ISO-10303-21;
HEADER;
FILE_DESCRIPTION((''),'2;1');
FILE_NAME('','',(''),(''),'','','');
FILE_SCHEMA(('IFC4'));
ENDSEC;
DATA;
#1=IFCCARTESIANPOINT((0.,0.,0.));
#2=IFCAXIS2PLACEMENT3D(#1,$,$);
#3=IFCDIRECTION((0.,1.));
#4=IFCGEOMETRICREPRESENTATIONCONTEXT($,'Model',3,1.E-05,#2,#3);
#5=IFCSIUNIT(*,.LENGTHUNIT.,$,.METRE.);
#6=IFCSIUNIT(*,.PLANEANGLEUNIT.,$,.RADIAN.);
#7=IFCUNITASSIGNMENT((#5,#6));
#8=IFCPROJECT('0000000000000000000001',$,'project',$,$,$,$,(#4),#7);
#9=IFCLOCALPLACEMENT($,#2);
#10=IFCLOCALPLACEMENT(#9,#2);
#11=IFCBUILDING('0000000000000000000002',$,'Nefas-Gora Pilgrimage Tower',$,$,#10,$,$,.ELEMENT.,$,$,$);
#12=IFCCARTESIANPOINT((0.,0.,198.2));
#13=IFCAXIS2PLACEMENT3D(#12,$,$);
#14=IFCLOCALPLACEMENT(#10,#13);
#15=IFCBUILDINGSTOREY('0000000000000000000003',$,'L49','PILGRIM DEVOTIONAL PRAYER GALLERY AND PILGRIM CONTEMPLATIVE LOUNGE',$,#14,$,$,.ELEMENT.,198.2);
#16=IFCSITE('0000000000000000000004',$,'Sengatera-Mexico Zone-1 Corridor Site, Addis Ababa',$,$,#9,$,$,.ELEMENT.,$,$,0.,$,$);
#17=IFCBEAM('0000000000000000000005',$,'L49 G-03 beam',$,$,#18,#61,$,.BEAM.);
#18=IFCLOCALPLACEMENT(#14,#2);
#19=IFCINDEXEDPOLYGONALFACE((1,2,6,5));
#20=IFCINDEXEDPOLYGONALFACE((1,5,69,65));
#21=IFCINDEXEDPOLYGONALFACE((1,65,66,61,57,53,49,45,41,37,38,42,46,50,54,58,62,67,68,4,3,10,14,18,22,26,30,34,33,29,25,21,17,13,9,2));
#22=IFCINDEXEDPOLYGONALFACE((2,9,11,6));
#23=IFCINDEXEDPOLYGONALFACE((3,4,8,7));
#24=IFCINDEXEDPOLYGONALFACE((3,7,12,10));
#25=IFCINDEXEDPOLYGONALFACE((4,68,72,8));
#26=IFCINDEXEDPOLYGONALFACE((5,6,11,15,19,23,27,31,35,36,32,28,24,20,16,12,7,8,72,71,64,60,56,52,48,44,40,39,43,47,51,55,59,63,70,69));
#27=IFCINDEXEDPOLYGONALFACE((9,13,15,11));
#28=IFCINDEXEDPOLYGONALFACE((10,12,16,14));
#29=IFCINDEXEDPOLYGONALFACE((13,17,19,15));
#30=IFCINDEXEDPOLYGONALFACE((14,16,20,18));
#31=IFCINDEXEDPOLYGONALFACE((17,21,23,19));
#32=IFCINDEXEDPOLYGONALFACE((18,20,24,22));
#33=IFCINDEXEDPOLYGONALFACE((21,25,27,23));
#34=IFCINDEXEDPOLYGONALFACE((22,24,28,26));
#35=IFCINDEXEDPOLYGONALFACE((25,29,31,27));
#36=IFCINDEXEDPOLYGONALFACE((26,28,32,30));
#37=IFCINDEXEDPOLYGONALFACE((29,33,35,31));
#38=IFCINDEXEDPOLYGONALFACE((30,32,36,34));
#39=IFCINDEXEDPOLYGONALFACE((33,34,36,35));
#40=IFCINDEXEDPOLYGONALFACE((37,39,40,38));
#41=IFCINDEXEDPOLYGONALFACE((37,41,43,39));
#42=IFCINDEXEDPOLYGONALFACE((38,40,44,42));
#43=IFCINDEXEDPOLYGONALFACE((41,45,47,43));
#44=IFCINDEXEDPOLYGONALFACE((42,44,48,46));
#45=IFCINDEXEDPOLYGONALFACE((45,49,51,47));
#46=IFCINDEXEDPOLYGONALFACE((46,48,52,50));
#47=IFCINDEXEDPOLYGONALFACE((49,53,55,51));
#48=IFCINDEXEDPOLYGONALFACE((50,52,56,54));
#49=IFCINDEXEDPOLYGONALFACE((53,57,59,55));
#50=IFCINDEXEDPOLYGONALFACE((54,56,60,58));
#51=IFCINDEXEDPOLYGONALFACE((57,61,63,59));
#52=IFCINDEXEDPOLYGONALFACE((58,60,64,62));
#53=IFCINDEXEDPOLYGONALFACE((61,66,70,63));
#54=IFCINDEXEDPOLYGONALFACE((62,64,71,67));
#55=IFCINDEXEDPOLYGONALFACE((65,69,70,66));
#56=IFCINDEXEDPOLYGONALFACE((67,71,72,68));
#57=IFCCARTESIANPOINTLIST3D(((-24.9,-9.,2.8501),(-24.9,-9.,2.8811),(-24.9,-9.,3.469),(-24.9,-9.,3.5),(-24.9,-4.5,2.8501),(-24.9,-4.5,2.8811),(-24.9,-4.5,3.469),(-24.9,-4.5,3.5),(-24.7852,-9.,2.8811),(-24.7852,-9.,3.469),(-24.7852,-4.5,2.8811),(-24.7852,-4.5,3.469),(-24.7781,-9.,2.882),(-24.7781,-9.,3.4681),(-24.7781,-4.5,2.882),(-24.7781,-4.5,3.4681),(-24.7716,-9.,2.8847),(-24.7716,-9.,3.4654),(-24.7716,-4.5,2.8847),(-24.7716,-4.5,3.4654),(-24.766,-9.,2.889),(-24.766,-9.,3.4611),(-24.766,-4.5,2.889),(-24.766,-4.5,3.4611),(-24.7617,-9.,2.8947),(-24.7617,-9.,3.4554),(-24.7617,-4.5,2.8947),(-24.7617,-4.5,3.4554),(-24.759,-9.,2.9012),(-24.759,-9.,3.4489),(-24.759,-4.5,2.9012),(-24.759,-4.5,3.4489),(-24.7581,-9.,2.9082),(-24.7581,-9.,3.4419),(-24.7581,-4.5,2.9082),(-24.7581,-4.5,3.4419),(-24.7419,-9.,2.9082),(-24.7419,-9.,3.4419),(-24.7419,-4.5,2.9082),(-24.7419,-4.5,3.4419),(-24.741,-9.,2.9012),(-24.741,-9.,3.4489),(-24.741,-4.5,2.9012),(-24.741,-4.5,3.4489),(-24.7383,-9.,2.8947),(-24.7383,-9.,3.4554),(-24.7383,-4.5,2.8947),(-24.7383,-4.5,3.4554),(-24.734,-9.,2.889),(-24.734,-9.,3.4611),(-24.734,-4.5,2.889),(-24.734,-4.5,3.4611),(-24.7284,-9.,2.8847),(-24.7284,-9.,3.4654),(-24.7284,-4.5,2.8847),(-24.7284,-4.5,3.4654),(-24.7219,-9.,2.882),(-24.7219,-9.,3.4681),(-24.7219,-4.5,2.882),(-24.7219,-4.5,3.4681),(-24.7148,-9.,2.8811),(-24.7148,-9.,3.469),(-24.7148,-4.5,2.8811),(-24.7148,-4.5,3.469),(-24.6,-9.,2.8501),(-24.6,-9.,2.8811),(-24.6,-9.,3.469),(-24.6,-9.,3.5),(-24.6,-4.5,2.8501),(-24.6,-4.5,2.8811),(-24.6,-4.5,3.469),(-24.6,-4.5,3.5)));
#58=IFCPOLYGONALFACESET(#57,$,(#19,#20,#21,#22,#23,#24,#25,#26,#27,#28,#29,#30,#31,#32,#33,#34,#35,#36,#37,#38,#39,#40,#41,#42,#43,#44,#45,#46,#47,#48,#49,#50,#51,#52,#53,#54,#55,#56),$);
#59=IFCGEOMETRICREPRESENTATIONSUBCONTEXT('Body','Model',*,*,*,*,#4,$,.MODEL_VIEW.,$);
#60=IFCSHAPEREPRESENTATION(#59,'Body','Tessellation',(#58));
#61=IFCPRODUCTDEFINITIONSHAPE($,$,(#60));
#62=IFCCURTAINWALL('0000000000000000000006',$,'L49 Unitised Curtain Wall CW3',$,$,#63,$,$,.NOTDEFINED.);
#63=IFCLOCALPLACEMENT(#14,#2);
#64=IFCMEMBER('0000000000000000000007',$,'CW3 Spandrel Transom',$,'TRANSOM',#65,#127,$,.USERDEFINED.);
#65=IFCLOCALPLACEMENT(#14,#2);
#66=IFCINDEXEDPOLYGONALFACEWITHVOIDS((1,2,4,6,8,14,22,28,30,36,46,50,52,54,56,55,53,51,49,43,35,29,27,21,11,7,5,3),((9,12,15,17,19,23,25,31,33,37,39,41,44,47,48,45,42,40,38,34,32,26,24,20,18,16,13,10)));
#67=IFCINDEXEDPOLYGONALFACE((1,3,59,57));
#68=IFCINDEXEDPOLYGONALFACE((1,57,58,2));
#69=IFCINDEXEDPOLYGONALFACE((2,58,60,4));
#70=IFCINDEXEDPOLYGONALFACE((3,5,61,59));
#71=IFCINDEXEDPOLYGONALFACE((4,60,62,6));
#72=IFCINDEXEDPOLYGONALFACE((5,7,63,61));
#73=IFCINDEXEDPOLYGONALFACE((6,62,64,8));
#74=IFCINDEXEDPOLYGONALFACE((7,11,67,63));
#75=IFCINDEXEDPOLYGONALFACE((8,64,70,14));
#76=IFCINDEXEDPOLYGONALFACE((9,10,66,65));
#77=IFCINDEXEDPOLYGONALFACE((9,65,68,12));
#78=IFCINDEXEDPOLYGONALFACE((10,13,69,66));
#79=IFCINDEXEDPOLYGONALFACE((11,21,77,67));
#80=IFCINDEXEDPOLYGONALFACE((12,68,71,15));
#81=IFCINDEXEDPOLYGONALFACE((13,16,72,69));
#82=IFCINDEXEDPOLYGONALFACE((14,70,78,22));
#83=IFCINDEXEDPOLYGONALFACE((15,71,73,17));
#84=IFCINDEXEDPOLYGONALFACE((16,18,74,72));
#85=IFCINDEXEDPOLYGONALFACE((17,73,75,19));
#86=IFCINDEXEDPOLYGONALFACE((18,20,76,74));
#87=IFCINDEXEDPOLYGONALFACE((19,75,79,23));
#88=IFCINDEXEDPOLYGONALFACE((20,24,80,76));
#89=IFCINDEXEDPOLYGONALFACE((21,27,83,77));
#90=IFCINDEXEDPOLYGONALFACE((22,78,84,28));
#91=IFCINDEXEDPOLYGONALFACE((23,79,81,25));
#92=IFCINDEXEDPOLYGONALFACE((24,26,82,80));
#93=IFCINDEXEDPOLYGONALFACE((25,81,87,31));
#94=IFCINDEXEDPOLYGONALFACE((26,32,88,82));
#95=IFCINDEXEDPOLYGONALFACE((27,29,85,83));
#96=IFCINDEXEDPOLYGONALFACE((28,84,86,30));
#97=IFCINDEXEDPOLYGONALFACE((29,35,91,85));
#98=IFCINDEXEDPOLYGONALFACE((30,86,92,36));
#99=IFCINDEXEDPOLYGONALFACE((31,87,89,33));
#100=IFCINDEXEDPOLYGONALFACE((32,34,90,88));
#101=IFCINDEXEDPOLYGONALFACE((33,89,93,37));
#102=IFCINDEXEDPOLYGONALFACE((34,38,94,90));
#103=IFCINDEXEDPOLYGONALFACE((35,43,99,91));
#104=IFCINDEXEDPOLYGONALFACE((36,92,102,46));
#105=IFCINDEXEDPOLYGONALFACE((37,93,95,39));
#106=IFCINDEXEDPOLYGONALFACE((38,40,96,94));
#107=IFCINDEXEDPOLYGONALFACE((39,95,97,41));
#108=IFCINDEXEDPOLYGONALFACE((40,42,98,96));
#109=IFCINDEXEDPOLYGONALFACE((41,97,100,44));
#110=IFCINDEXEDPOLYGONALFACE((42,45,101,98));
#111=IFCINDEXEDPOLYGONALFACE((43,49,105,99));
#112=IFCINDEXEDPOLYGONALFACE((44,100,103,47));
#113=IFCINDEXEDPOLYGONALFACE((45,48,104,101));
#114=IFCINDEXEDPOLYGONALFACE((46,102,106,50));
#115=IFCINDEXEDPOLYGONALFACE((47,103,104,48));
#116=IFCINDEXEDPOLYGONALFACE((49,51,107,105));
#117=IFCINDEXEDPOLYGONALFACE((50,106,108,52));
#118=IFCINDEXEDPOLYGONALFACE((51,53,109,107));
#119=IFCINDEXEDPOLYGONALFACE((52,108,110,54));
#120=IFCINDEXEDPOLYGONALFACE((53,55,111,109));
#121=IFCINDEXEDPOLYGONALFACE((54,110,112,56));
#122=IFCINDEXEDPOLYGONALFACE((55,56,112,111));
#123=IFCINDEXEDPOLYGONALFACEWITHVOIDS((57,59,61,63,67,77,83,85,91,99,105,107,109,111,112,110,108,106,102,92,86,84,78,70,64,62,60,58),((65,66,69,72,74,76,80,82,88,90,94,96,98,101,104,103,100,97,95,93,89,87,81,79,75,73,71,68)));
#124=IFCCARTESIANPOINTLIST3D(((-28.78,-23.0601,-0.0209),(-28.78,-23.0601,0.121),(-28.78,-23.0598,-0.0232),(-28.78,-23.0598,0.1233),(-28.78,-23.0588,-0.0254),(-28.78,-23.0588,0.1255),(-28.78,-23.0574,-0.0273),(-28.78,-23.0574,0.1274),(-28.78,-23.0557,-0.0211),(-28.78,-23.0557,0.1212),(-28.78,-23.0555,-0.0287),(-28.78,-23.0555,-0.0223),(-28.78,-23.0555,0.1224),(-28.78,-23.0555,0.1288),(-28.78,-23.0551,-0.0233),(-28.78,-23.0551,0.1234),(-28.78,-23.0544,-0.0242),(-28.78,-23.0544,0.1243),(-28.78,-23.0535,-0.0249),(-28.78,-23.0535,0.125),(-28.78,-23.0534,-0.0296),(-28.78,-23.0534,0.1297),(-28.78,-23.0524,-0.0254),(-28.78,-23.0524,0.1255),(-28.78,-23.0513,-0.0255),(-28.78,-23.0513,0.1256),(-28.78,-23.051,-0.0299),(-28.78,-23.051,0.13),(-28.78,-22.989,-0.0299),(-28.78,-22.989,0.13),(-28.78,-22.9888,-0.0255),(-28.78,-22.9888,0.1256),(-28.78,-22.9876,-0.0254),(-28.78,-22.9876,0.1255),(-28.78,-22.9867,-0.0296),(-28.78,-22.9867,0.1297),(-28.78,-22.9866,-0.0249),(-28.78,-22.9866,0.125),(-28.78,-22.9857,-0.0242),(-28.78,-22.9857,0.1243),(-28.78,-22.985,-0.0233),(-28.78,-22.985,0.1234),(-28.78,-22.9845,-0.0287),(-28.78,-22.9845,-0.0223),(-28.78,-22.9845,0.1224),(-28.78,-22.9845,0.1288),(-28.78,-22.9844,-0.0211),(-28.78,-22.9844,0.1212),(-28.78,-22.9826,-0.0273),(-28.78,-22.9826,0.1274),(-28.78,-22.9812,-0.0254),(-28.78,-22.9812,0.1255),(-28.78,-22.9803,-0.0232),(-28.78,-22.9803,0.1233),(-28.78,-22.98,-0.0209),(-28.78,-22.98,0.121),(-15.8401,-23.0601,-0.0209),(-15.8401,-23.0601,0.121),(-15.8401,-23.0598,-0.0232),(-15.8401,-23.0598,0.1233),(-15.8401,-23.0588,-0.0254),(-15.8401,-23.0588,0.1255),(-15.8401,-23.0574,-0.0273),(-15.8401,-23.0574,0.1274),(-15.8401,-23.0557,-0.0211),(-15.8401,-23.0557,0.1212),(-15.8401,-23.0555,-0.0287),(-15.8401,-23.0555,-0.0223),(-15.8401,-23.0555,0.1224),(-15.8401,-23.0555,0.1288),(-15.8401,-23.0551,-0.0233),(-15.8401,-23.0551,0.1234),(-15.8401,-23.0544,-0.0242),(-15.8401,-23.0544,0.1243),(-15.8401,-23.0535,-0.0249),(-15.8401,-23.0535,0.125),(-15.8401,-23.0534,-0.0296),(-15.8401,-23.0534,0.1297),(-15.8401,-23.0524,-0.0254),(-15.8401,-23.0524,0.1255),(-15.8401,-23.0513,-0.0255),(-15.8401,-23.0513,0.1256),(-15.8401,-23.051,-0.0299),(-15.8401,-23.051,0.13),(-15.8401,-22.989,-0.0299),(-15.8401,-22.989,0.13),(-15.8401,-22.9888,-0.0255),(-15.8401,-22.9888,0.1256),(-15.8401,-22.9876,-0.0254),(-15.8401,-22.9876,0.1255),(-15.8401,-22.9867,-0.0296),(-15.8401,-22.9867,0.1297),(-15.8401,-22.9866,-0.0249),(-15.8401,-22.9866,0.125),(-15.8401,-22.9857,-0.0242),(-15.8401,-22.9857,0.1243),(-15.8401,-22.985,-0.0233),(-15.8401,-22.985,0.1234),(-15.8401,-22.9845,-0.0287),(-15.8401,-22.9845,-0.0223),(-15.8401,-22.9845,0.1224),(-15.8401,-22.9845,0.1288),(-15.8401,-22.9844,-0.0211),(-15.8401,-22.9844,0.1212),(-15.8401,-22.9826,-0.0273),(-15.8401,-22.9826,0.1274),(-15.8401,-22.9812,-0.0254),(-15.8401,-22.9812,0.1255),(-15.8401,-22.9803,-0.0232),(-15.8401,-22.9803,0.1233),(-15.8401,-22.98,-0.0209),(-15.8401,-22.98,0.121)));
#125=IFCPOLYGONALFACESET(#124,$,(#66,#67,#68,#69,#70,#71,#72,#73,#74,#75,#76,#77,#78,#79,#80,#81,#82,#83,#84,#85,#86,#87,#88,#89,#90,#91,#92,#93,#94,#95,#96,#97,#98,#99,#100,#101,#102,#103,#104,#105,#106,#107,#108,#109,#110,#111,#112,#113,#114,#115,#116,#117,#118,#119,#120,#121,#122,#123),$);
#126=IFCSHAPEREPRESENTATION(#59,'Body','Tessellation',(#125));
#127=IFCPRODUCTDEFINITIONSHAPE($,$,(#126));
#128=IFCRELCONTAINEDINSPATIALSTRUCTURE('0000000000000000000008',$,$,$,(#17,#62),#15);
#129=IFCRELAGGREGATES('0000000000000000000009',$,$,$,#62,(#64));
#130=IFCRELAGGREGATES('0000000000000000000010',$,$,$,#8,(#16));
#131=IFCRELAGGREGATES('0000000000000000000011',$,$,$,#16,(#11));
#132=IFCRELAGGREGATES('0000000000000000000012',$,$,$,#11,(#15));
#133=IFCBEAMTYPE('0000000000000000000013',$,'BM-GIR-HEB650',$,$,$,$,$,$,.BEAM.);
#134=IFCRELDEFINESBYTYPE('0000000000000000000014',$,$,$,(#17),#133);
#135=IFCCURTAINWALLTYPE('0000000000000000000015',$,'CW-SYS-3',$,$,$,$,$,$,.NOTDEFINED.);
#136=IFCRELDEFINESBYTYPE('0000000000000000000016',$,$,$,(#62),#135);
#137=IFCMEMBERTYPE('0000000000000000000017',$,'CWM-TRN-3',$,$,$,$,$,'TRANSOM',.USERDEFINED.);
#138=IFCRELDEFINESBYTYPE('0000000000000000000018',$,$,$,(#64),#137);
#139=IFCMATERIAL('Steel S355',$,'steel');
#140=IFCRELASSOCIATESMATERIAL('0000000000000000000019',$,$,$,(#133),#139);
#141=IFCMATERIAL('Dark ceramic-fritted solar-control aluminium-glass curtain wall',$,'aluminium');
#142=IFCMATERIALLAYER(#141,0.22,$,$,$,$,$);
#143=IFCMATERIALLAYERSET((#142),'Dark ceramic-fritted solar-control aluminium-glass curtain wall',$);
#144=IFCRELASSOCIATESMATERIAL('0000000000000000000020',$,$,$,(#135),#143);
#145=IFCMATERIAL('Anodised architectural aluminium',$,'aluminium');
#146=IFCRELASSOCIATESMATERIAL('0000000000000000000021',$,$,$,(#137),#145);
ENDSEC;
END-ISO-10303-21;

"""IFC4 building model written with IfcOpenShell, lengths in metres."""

from ifc_helpers import new_model, si_unit, direction, frame, origin, origin_2d, place, context, subcontext, project, spatial, hollow_rectangle, i_section, extrude, source, transform, mapped, material, layer, layer_set, material_profile, profile_set, type_object, element, aggregate, save


model = new_model("IFC4")

# Units and contexts
model_context = context("Model", 3, precision=1e-05, world=origin(), true_north=direction((0.0, 1.0)))
body_context = subcontext(model_context, "Body", "Model", "MODEL_VIEW")
ifc_project = project(units=[si_unit("LENGTHUNIT", "METRE"), si_unit("PLANEANGLEUNIT", "RADIAN")], contexts=[model_context])

# Site, building, storey
site_placement = place(None, origin())
site = spatial("IfcSite", under=ifc_project, at=site_placement, Name="Sengatera-Mexico Zone-1 Corridor Site, Addis Ababa", CompositionType="ELEMENT", RefElevation=0.0)
building_placement = place(site_placement, origin())
building = spatial("IfcBuilding", under=site, at=building_placement, Name="Nefas-Gora Pilgrimage Tower", CompositionType="ELEMENT")
storey_placement = place(building_placement, frame((0.0, 0.0, 198.2)))
storey = spatial("IfcBuildingStorey", under=building, at=storey_placement, Name="L49", Description="PILGRIM DEVOTIONAL PRAYER GALLERY AND PILGRIM CONTEMPLATIVE LOUNGE", CompositionType="ELEMENT", Elevation=198.2)

# Beam
ifc_material_1 = material(Name="Steel S355", Category="steel")
ifc_material_profile_1 = material_profile(ifc_material_1, i_section(OverallWidth=0.3, OverallDepth=0.6499, WebThickness=0.0161, FlangeThickness=0.031, FilletRadius=0.0271, at=origin_2d()), Name="HEB 650")
ifc_profile_set_1 = profile_set([ifc_material_profile_1], Name="Steel S355")
beam_type_1 = type_object("IfcBeamType", Name="BM-GIR-HEB650", PredefinedType="BEAM", material=ifc_profile_set_1)
shared_shape_1 = source(origin(), body_context, "Body", "SweptSolid", [
    extrude(i_section(OverallWidth=0.3, OverallDepth=0.6499, WebThickness=0.0161, FlangeThickness=0.031, FilletRadius=0.0271, at=origin_2d()), origin(), (0.0, 0.0, 1.0), 4.5),
])
for number, where, z_axis, x_axis, name in (
    (1, (-24.75, -9.0, 3.175), (0.0, 1.0, 0.0), (-1.0, 0.0, 0.0), "L49 G-03 beam"),
):
    element("IfcBeam", number, at=place(storey_placement, frame(where, z_axis=z_axis, x_axis=x_axis)), inside=storey, type_object=beam_type_1, Name=name, PredefinedType="BEAM", context=body_context, shape_type="MappedRepresentation", body=[
        mapped(shared_shape_1, transform((0.0, 0.0, 0.0), x_axis=(1.0, 0.0, 0.0), y_axis=(0.0, 1.0, 0.0), z_axis=(0.0, 0.0, 1.0), scale=1.0)),
    ])

# Curtain wall, member
ifc_material_2 = material(Name="Dark ceramic-fritted solar-control aluminium-glass curtain wall", Category="aluminium")
ifc_layer_1 = layer(ifc_material_2, 0.22)
ifc_layer_set_1 = layer_set([ifc_layer_1], Name="Dark ceramic-fritted solar-control aluminium-glass curtain wall")
curtain_wall_type = type_object("IfcCurtainWallType", Name="CW-SYS-3", PredefinedType="NOTDEFINED", material=ifc_layer_set_1)
curtain_wall_1_placement = place(storey_placement, origin())
curtain_wall_1 = element("IfcCurtainWall", 2, at=curtain_wall_1_placement, inside=storey, type_object=curtain_wall_type, Name="L49 Unitised Curtain Wall CW3", PredefinedType="NOTDEFINED")
ifc_material_3 = material(Name="Anodised architectural aluminium", Category="aluminium")
ifc_material_profile_2 = material_profile(ifc_material_3, hollow_rectangle(XDim=0.0801, YDim=0.1599, WallThickness=0.0044, InnerFilletRadius=0.0044, OuterFilletRadius=0.009, at=origin_2d()), Name="ALU TRANSOM 80x160")
ifc_profile_set_2 = profile_set([ifc_material_profile_2], Name="Anodised architectural aluminium")
member_type_1 = type_object("IfcMemberType", Name="CWM-TRN-3", ElementType="TRANSOM", PredefinedType="USERDEFINED", material=ifc_profile_set_2)
shared_shape_2 = source(origin(), body_context, "Body", "SweptSolid", [
    extrude(hollow_rectangle(XDim=0.0801, YDim=0.1599, WallThickness=0.0044, InnerFilletRadius=0.0044, OuterFilletRadius=0.009, at=origin_2d()), origin(), (0.0, 0.0, 1.0), 12.9399),
])
member_1_placement = place(storey_placement, frame((-28.78, -23.02, 0.05), z_axis=(1.0, 0.0, 0.0), x_axis=(0.0, 1.0, 0.0)))
member_1 = element("IfcMember", 3, at=member_1_placement, type_object=member_type_1, Name="CW3 Spandrel Transom", ObjectType="TRANSOM", PredefinedType="USERDEFINED", context=body_context, shape_type="MappedRepresentation", body=[
    mapped(shared_shape_2, transform((0.0, 0.0, 0.0), x_axis=(1.0, 0.0, 0.0), y_axis=(0.0, 1.0, 0.0), z_axis=(0.0, 0.0, 1.0), scale=1.0)),
])

aggregate(curtain_wall_1, [member_1])

save(model, "model.ifc")
